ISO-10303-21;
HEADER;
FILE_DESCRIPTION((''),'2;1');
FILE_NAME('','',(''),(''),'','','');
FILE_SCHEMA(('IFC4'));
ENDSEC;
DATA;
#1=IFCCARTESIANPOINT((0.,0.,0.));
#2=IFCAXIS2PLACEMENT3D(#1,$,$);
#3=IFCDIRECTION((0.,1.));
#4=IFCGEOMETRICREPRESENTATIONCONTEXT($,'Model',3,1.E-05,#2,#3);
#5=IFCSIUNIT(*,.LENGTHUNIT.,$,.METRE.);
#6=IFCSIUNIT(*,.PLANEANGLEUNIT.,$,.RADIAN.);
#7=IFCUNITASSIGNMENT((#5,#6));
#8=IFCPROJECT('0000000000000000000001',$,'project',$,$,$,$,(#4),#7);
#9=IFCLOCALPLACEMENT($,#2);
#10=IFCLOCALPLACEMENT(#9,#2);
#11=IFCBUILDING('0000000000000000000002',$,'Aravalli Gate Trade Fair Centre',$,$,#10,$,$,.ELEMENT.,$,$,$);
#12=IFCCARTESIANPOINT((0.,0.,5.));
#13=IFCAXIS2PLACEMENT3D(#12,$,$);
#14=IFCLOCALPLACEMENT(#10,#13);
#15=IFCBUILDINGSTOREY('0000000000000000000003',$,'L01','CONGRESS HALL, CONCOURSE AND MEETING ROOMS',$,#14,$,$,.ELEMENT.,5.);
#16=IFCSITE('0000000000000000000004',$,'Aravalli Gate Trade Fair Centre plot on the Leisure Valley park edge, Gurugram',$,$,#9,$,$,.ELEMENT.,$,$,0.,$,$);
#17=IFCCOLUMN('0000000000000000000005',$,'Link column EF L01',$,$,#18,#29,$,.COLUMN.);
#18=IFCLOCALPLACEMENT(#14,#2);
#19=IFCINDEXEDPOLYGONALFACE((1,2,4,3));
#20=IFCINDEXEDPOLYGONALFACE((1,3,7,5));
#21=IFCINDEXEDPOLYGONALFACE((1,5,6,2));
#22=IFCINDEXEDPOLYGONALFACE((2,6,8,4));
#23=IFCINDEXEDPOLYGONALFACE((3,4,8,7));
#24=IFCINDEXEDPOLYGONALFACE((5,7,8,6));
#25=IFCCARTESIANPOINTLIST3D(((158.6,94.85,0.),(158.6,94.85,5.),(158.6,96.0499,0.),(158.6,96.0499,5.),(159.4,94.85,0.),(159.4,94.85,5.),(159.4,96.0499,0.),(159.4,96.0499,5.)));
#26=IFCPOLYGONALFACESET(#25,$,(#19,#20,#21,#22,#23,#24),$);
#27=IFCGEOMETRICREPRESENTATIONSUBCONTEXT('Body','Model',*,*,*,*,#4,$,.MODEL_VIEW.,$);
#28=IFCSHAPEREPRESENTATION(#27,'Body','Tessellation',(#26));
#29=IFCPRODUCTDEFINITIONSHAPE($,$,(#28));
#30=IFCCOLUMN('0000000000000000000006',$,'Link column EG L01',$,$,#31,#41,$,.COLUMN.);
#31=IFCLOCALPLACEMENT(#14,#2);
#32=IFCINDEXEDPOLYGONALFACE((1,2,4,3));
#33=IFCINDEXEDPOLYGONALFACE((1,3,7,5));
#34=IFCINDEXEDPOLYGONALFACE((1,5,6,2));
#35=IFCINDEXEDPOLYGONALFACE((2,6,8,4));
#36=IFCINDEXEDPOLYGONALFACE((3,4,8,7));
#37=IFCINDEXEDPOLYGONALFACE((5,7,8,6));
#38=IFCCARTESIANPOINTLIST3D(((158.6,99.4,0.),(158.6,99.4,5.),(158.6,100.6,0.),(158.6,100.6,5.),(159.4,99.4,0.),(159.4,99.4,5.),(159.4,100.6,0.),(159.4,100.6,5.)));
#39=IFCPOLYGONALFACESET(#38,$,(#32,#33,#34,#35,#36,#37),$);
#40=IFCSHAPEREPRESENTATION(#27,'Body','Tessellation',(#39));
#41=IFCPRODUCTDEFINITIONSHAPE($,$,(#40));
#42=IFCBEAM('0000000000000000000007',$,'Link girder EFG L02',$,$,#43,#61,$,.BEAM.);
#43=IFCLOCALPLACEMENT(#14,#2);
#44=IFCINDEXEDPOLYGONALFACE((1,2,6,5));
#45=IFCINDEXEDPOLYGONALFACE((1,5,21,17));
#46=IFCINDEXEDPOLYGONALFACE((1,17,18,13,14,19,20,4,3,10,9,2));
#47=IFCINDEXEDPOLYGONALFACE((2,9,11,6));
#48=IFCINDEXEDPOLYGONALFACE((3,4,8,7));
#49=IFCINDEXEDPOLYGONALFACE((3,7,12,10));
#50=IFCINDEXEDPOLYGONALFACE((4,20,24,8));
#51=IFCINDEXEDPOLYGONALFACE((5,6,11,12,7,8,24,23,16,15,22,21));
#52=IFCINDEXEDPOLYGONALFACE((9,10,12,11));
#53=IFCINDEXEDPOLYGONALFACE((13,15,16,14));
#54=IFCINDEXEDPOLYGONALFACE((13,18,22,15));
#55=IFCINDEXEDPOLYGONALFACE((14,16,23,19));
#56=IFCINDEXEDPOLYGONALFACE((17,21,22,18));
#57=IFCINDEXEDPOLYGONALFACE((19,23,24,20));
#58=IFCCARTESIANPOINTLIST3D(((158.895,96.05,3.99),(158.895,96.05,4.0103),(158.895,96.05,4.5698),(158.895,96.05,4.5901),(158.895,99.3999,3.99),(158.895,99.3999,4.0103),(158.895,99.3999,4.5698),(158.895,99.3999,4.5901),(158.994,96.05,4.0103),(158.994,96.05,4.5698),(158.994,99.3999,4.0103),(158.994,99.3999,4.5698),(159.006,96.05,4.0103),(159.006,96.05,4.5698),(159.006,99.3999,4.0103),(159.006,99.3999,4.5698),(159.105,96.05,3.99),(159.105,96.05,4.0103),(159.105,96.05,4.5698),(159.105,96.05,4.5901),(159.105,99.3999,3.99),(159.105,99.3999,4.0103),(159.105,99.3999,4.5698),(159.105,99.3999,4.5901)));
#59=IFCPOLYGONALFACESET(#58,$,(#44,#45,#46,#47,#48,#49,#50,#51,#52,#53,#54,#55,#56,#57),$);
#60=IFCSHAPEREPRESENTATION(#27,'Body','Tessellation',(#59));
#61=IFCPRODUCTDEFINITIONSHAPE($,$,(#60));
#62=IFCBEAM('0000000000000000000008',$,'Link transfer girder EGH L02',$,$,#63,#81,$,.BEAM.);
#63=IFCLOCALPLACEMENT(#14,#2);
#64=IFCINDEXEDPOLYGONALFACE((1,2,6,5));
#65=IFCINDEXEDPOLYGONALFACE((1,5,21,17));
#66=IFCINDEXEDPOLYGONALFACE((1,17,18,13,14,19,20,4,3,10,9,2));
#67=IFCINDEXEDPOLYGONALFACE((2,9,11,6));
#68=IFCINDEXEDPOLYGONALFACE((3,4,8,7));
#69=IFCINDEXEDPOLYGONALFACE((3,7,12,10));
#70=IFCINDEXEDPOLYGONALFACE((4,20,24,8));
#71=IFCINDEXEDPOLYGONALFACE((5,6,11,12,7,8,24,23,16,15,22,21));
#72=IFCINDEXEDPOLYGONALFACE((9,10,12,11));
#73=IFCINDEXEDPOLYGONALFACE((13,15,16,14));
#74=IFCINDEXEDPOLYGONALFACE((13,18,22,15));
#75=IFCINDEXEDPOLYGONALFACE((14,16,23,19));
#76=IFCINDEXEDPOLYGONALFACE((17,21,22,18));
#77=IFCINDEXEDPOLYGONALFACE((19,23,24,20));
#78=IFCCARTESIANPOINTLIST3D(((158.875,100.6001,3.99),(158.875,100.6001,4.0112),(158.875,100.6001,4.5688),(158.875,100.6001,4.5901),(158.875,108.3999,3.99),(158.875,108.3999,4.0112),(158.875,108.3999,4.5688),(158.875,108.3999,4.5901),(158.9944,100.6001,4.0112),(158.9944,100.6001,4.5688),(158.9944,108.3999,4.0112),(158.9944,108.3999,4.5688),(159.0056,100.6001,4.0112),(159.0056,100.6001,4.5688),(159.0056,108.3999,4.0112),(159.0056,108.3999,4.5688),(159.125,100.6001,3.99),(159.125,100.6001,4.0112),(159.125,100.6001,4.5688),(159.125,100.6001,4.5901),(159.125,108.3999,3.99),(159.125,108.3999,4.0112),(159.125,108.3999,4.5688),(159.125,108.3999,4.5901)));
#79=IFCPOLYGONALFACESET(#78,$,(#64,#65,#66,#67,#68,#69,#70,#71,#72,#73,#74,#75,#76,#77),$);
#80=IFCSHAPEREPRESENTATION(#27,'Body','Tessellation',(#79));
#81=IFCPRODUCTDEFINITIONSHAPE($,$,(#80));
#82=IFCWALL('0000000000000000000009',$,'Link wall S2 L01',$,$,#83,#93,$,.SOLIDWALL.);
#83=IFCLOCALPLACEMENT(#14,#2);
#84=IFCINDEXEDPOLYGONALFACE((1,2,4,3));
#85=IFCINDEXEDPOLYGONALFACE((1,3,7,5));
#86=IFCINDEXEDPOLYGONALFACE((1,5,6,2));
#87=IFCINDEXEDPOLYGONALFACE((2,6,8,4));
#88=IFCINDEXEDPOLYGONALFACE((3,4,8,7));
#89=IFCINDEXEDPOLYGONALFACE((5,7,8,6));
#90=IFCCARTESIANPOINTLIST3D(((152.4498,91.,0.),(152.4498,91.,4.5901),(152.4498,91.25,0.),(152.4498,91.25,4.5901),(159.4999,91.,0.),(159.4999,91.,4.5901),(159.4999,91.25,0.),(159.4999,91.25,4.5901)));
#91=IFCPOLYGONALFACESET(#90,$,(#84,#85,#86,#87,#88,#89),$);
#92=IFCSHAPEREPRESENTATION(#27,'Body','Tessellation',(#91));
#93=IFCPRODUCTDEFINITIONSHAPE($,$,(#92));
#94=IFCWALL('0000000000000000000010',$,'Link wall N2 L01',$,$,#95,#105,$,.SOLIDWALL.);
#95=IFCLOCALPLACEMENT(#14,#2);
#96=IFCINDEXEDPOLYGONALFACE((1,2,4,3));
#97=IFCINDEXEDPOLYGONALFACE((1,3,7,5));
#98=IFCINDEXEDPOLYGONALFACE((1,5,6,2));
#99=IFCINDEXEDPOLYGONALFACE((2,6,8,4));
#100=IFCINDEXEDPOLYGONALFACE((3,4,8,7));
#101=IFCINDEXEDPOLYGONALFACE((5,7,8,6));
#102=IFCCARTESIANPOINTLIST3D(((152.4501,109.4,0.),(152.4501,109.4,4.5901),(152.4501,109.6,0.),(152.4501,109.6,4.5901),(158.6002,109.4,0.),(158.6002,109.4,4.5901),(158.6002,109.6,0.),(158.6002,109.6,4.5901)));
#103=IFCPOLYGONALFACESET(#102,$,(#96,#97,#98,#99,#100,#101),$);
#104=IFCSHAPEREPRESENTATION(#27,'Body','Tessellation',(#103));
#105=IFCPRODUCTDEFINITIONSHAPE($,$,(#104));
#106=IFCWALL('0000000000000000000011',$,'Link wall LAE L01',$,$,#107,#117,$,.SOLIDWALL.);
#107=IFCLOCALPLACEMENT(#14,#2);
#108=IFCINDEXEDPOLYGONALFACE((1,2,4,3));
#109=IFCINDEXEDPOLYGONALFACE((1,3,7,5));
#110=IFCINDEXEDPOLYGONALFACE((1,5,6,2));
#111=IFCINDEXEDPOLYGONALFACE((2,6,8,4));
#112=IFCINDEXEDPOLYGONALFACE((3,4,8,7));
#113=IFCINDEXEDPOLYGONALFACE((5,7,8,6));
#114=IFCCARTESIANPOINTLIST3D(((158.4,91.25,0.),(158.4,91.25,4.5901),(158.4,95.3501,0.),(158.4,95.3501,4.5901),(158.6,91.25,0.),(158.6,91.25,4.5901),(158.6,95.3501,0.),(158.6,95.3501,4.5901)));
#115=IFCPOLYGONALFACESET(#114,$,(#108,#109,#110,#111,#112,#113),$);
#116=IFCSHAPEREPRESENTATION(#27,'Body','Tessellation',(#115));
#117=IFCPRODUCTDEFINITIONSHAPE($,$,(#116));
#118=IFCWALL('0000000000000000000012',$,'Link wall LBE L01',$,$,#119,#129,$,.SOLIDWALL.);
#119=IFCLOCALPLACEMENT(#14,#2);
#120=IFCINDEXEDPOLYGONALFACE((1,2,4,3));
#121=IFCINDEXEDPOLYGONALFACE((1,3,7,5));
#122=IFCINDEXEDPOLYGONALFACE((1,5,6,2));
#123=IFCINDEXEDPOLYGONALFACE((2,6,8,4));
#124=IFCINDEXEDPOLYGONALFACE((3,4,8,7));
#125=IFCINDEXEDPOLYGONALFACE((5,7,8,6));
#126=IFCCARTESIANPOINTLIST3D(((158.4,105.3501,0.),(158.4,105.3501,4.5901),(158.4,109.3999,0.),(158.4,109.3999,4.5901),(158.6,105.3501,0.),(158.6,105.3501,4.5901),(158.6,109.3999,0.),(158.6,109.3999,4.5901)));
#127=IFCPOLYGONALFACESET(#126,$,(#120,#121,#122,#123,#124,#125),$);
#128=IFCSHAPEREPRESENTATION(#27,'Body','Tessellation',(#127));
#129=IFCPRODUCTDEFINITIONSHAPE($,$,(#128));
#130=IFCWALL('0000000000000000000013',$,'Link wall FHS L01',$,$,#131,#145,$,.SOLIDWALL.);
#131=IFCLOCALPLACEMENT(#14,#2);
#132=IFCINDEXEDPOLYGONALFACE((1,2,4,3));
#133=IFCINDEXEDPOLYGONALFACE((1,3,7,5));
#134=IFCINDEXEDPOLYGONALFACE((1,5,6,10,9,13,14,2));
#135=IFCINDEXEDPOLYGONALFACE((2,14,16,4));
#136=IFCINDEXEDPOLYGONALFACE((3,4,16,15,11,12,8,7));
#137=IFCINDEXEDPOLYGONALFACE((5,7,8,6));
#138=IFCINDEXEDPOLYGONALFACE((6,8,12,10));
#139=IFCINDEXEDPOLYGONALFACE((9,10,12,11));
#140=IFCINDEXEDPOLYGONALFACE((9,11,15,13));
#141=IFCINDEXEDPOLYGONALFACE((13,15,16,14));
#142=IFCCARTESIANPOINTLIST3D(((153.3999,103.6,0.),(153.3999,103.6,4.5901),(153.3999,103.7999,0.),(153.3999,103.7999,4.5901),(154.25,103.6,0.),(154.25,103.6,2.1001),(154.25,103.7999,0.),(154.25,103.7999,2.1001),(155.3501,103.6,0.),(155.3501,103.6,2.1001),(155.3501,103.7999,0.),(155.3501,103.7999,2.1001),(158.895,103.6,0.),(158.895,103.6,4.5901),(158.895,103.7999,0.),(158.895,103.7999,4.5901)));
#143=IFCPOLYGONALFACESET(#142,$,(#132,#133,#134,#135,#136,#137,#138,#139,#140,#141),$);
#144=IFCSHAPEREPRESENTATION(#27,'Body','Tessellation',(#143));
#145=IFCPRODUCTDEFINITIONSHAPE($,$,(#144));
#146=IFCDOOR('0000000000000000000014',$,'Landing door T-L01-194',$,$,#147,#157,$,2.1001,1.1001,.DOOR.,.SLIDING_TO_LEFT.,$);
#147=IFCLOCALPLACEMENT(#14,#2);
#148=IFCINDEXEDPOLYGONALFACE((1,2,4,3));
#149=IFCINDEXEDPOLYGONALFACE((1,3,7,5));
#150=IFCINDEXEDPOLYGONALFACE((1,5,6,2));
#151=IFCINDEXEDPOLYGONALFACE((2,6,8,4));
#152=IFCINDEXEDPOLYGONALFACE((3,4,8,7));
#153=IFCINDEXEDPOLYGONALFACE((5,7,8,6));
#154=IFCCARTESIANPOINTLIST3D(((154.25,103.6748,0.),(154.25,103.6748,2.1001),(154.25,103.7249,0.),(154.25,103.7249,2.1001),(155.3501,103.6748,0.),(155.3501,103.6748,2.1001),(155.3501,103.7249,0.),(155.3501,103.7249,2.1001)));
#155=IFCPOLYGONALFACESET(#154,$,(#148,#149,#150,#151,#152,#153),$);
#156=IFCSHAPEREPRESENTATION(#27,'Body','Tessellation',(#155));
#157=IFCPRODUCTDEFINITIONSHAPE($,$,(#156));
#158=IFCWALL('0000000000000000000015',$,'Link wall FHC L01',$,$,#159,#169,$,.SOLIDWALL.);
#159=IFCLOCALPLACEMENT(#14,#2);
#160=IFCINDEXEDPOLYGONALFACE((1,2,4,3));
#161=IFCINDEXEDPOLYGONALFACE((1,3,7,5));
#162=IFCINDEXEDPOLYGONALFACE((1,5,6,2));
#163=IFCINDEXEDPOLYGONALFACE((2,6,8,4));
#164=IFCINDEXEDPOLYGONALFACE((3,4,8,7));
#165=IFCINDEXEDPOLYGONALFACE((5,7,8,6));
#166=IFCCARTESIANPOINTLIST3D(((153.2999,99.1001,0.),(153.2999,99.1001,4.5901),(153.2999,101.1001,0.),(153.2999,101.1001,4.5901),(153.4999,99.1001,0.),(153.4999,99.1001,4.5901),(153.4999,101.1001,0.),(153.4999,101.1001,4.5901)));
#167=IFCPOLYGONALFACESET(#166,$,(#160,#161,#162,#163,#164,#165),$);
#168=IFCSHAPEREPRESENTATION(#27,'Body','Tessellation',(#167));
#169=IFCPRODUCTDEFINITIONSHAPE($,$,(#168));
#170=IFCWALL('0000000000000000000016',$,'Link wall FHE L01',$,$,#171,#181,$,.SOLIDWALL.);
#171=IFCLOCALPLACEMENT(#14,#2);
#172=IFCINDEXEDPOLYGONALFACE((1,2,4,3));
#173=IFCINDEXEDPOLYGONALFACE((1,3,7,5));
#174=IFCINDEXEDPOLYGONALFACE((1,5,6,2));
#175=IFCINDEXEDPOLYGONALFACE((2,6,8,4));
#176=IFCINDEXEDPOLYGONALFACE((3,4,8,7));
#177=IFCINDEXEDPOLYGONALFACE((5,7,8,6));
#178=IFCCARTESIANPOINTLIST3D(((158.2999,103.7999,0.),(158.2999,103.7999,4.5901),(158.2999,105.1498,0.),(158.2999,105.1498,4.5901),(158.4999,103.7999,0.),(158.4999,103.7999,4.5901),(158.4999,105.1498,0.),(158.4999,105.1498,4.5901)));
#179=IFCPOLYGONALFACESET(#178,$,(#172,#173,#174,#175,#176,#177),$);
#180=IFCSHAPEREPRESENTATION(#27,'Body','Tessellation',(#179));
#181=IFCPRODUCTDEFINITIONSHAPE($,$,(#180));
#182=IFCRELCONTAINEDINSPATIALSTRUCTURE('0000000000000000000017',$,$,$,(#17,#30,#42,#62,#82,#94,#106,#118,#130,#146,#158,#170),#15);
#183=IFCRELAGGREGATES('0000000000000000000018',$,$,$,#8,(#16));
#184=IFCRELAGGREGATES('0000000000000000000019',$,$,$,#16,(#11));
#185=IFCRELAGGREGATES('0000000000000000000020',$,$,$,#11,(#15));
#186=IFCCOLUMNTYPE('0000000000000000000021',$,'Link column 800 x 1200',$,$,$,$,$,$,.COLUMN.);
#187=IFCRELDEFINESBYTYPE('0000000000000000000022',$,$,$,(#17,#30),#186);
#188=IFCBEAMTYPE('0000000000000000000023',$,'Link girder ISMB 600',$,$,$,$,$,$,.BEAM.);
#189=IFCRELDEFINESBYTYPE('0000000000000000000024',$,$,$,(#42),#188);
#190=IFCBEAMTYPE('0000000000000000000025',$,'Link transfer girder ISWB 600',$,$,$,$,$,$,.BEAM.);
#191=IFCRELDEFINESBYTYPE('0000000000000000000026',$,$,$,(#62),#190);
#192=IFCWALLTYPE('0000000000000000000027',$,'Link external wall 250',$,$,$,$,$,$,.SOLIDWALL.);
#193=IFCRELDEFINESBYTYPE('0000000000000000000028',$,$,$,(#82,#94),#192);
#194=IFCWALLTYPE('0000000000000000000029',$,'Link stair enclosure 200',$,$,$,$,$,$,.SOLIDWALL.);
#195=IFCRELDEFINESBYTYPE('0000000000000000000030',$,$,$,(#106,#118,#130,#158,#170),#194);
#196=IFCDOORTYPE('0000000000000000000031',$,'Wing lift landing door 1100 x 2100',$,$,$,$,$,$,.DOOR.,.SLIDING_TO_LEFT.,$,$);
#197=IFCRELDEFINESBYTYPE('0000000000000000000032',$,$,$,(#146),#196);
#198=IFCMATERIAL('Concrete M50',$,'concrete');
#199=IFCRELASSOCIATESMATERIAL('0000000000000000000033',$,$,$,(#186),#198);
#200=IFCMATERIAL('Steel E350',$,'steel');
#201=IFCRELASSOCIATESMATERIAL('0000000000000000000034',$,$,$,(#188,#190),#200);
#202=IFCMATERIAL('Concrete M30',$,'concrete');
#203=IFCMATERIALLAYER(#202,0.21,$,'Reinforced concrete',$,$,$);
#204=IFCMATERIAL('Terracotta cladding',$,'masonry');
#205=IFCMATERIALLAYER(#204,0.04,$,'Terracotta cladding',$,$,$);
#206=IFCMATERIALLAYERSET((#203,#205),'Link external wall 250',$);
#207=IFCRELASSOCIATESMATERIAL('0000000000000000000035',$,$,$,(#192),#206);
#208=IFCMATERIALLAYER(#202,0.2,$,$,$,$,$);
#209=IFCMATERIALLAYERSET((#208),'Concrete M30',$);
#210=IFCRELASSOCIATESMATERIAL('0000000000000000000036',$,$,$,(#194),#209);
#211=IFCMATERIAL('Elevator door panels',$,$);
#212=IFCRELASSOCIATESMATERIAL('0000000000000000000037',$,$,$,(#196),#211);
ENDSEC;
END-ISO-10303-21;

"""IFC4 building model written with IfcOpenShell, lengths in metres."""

from ifc_helpers import new_model, si_unit, direction, frame, frame_2d, origin, origin_2d, place, context, subcontext, project, spatial, rectangle, i_section, extrude, material, layer, layer_set, material_profile, profile_set, type_object, element, fill, save


model = new_model("IFC4")

# Units and contexts
model_context = context("Model", 3, precision=1e-05, world=origin(), true_north=direction((0.0, 1.0)))
body_context = subcontext(model_context, "Body", "Model", "MODEL_VIEW")
ifc_project = project(units=[si_unit("LENGTHUNIT", "METRE"), si_unit("PLANEANGLEUNIT", "RADIAN")], contexts=[model_context])

# Site, building, storey
site_placement = place(None, origin())
site = spatial("IfcSite", under=ifc_project, at=site_placement, Name="Aravalli Gate Trade Fair Centre plot on the Leisure Valley park edge, Gurugram", CompositionType="ELEMENT", RefElevation=0.0)
building_placement = place(site_placement, origin())
building = spatial("IfcBuilding", under=site, at=building_placement, Name="Aravalli Gate Trade Fair Centre", CompositionType="ELEMENT")
storey_placement = place(building_placement, frame((0.0, 0.0, 5.0)))
storey = spatial("IfcBuildingStorey", under=building, at=storey_placement, Name="L01", Description="CONGRESS HALL, CONCOURSE AND MEETING ROOMS", CompositionType="ELEMENT", Elevation=5.0)

# Columns
ifc_material_1 = material(Name="Concrete M50", Category="concrete")
ifc_material_profile_1 = material_profile(ifc_material_1, rectangle(XDim=0.8, YDim=1.2, at=origin_2d()), Name="Link column 800 x 1200")
ifc_profile_set_1 = profile_set([ifc_material_profile_1], Name="Concrete M50")
column_type = type_object("IfcColumnType", Name="Link column 800 x 1200", PredefinedType="COLUMN", material=ifc_profile_set_1)
for number, where, z_axis, x_axis, name in (
    (1, (159.0, 95.45, 0.0), (0.0, 0.0, 1.0), (1.0, 0.0, 0.0), "Link column EF L01"),
    (2, (159.0, 100.0, 0.0), (0.0, 0.0, 1.0), (1.0, 0.0, 0.0), "Link column EG L01"),
):
    element("IfcColumn", number, at=place(storey_placement, frame(where, z_axis=z_axis, x_axis=x_axis)), inside=storey, type_object=column_type, Name=name, PredefinedType="COLUMN", context=body_context, shape_type="SweptSolid", body=[
        extrude(rectangle(XDim=0.8, YDim=1.2, at=origin_2d()), origin(), (0.0, 0.0, 1.0), 5.0),
    ])

# Beams
ifc_material_2 = material(Name="Steel E350", Category="steel")
ifc_material_profile_2 = material_profile(ifc_material_2, i_section(OverallWidth=0.21, OverallDepth=0.6001, WebThickness=0.012, FlangeThickness=0.0203, at=origin_2d()), Name="ISMB 600")
ifc_profile_set_2 = profile_set([ifc_material_profile_2], Name="Steel E350")
beam_type_1 = type_object("IfcBeamType", Name="Link girder ISMB 600", PredefinedType="BEAM", material=ifc_profile_set_2)
beam_1_placement = place(storey_placement, frame((159.0, 96.05, 4.29), z_axis=(0.0, 1.0, 0.0), x_axis=(-1.0, 0.0, 0.0)))
element("IfcBeam", 3, at=beam_1_placement, inside=storey, type_object=beam_type_1, Name="Link girder EFG L02", PredefinedType="BEAM", context=body_context, shape_type="SweptSolid", body=[
    extrude(i_section(OverallWidth=0.21, OverallDepth=0.6001, WebThickness=0.012, FlangeThickness=0.0203, at=origin_2d()), origin(), (0.0, 0.0, 1.0), 3.3499),
])
ifc_material_profile_3 = material_profile(ifc_material_2, i_section(OverallWidth=0.25, OverallDepth=0.6001, WebThickness=0.0112, FlangeThickness=0.0212, at=origin_2d()), Name="ISWB 600")
ifc_profile_set_3 = profile_set([ifc_material_profile_3], Name="Steel E350")
beam_type_2 = type_object("IfcBeamType", Name="Link transfer girder ISWB 600", PredefinedType="BEAM", material=ifc_profile_set_3)
beam_2_placement = place(storey_placement, frame((159.0, 100.6001, 4.29), z_axis=(0.0, 1.0, 0.0), x_axis=(-1.0, 0.0, 0.0)))
element("IfcBeam", 4, at=beam_2_placement, inside=storey, type_object=beam_type_2, Name="Link transfer girder EGH L02", PredefinedType="BEAM", context=body_context, shape_type="SweptSolid", body=[
    extrude(i_section(OverallWidth=0.25, OverallDepth=0.6001, WebThickness=0.0112, FlangeThickness=0.0212, at=origin_2d()), origin(), (0.0, 0.0, 1.0), 7.7998),
])

# Walls
ifc_material_3 = material(Name="Concrete M30", Category="concrete")
ifc_layer_1 = layer(ifc_material_3, 0.21, Name="Reinforced concrete")
ifc_material_4 = material(Name="Terracotta cladding", Category="masonry")
ifc_layer_2 = layer(ifc_material_4, 0.04, Name="Terracotta cladding")
ifc_layer_set_1 = layer_set([ifc_layer_1, ifc_layer_2], Name="Link external wall 250")
wall_type_1 = type_object("IfcWallType", Name="Link external wall 250", PredefinedType="SOLIDWALL", material=ifc_layer_set_1)
wall_1_placement = place(storey_placement, frame((152.45, 91.125, 0.0), z_axis=(0.0, 0.0, 1.0), x_axis=(1.0, 0.0, 0.0)))
element("IfcWall", 5, at=wall_1_placement, inside=storey, type_object=wall_type_1, Name="Link wall S2 L01", PredefinedType="SOLIDWALL", context=body_context, shape_type="SweptSolid", body=[
    extrude(rectangle(XDim=7.05, YDim=0.25, at=frame_2d((3.5249, 0.0))), origin(), (0.0, 0.0, 1.0), 4.5901),
])
wall_2_placement = place(storey_placement, frame((152.45, 109.5, 0.0), z_axis=(0.0, 0.0, 1.0), x_axis=(1.0, 0.0, 0.0)))
element("IfcWall", 6, at=wall_2_placement, inside=storey, type_object=wall_type_1, Name="Link wall N2 L01", PredefinedType="SOLIDWALL", context=body_context, shape_type="SweptSolid", body=[
    extrude(rectangle(XDim=6.1501, YDim=0.2, at=frame_2d((3.0752, 0.0))), origin(), (0.0, 0.0, 1.0), 4.5901),
])
ifc_layer_3 = layer(ifc_material_3, 0.2)
ifc_layer_set_2 = layer_set([ifc_layer_3], Name="Concrete M30")
wall_type_2 = type_object("IfcWallType", Name="Link stair enclosure 200", PredefinedType="SOLIDWALL", material=ifc_layer_set_2)
wall_3_placement = place(storey_placement, frame((158.5, 91.25, 0.0), z_axis=(0.0, 0.0, 1.0), x_axis=(0.0, 1.0, 0.0)))
element("IfcWall", 7, at=wall_3_placement, inside=storey, type_object=wall_type_2, Name="Link wall LAE L01", PredefinedType="SOLIDWALL", context=body_context, shape_type="SweptSolid", body=[
    extrude(rectangle(XDim=4.1001, YDim=0.2, at=frame_2d((2.05, 0.0))), origin(), (0.0, 0.0, 1.0), 4.5901),
])
wall_4_placement = place(storey_placement, frame((158.5, 105.3501, 0.0), z_axis=(0.0, 0.0, 1.0), x_axis=(0.0, 1.0, 0.0)))
element("IfcWall", 8, at=wall_4_placement, inside=storey, type_object=wall_type_2, Name="Link wall LBE L01", PredefinedType="SOLIDWALL", context=body_context, shape_type="SweptSolid", body=[
    extrude(rectangle(XDim=4.0498, YDim=0.2, at=frame_2d((2.0249, 0.0))), origin(), (0.0, 0.0, 1.0), 4.5901),
])

# Wall, opening, door
wall_5_placement = place(storey_placement, frame((153.3999, 103.7, 0.0), z_axis=(0.0, 0.0, 1.0), x_axis=(1.0, 0.0, 0.0)))
wall_5 = element("IfcWall", 9, at=wall_5_placement, inside=storey, type_object=wall_type_2, Name="Link wall FHS L01", PredefinedType="SOLIDWALL", context=body_context, shape_type="SweptSolid", body=[
    extrude(rectangle(XDim=5.4951, YDim=0.2, at=frame_2d((2.7476, 0.0))), origin(), (0.0, 0.0, 1.0), 4.5901),
])
opening_placement = place(wall_5_placement, frame((0.8501, 0.0, 0.0)))
opening = element("IfcOpeningElement", 10, at=opening_placement, cuts=wall_5, PredefinedType="OPENING", context=body_context, shape_type="SweptSolid", body=[
    extrude(rectangle(XDim=1.1001, YDim=2.1001, at=frame_2d((0.55, 1.05))), frame((0.0, 0.1099, 0.0), z_axis=(0.0, -1.0, 0.0), x_axis=(1.0, 0.0, 0.0)), (0.0, 0.0, 1.0), 0.22),
])
ifc_material_5 = material(Name="Elevator door panels")
door_type = type_object("IfcDoorType", Name="Wing lift landing door 1100 x 2100", OperationType="SLIDING_TO_LEFT", PredefinedType="DOOR", material=ifc_material_5)
door_placement = place(opening_placement, origin())
door = element("IfcDoor", 11, at=door_placement, inside=storey, type_object=door_type, Name="Landing door T-L01-194", OperationType="SLIDING_TO_LEFT", OverallHeight=2.1001, OverallWidth=1.1001, PredefinedType="DOOR", context=body_context, shape_type="SweptSolid", body=[
    extrude(rectangle(XDim=1.1001, YDim=2.1001, at=frame_2d((0.55, 1.05))), frame((0.0, 0.0249, 0.0), z_axis=(0.0, -1.0, 0.0), x_axis=(1.0, 0.0, 0.0)), (0.0, 0.0, 1.0), 0.05),
])
fill(opening, door)

# Walls
wall_6_placement = place(storey_placement, frame((153.3999, 99.1001, 0.0), z_axis=(0.0, 0.0, 1.0), x_axis=(0.0, 1.0, 0.0)))
element("IfcWall", 12, at=wall_6_placement, inside=storey, type_object=wall_type_2, Name="Link wall FHC L01", PredefinedType="SOLIDWALL", context=body_context, shape_type="SweptSolid", body=[
    extrude(rectangle(XDim=2.0, YDim=0.2, at=frame_2d((1.0, 0.0))), origin(), (0.0, 0.0, 1.0), 4.5901),
])
wall_7_placement = place(storey_placement, frame((158.3999, 103.8, 0.0), z_axis=(0.0, 0.0, 1.0), x_axis=(0.0, 1.0, 0.0)))
element("IfcWall", 13, at=wall_7_placement, inside=storey, type_object=wall_type_2, Name="Link wall FHE L01", PredefinedType="SOLIDWALL", context=body_context, shape_type="SweptSolid", body=[
    extrude(rectangle(XDim=1.3499, YDim=0.2, at=frame_2d((0.6748, 0.0))), origin(), (0.0, 0.0, 1.0), 4.5901),
])

save(model, "model.ifc")
